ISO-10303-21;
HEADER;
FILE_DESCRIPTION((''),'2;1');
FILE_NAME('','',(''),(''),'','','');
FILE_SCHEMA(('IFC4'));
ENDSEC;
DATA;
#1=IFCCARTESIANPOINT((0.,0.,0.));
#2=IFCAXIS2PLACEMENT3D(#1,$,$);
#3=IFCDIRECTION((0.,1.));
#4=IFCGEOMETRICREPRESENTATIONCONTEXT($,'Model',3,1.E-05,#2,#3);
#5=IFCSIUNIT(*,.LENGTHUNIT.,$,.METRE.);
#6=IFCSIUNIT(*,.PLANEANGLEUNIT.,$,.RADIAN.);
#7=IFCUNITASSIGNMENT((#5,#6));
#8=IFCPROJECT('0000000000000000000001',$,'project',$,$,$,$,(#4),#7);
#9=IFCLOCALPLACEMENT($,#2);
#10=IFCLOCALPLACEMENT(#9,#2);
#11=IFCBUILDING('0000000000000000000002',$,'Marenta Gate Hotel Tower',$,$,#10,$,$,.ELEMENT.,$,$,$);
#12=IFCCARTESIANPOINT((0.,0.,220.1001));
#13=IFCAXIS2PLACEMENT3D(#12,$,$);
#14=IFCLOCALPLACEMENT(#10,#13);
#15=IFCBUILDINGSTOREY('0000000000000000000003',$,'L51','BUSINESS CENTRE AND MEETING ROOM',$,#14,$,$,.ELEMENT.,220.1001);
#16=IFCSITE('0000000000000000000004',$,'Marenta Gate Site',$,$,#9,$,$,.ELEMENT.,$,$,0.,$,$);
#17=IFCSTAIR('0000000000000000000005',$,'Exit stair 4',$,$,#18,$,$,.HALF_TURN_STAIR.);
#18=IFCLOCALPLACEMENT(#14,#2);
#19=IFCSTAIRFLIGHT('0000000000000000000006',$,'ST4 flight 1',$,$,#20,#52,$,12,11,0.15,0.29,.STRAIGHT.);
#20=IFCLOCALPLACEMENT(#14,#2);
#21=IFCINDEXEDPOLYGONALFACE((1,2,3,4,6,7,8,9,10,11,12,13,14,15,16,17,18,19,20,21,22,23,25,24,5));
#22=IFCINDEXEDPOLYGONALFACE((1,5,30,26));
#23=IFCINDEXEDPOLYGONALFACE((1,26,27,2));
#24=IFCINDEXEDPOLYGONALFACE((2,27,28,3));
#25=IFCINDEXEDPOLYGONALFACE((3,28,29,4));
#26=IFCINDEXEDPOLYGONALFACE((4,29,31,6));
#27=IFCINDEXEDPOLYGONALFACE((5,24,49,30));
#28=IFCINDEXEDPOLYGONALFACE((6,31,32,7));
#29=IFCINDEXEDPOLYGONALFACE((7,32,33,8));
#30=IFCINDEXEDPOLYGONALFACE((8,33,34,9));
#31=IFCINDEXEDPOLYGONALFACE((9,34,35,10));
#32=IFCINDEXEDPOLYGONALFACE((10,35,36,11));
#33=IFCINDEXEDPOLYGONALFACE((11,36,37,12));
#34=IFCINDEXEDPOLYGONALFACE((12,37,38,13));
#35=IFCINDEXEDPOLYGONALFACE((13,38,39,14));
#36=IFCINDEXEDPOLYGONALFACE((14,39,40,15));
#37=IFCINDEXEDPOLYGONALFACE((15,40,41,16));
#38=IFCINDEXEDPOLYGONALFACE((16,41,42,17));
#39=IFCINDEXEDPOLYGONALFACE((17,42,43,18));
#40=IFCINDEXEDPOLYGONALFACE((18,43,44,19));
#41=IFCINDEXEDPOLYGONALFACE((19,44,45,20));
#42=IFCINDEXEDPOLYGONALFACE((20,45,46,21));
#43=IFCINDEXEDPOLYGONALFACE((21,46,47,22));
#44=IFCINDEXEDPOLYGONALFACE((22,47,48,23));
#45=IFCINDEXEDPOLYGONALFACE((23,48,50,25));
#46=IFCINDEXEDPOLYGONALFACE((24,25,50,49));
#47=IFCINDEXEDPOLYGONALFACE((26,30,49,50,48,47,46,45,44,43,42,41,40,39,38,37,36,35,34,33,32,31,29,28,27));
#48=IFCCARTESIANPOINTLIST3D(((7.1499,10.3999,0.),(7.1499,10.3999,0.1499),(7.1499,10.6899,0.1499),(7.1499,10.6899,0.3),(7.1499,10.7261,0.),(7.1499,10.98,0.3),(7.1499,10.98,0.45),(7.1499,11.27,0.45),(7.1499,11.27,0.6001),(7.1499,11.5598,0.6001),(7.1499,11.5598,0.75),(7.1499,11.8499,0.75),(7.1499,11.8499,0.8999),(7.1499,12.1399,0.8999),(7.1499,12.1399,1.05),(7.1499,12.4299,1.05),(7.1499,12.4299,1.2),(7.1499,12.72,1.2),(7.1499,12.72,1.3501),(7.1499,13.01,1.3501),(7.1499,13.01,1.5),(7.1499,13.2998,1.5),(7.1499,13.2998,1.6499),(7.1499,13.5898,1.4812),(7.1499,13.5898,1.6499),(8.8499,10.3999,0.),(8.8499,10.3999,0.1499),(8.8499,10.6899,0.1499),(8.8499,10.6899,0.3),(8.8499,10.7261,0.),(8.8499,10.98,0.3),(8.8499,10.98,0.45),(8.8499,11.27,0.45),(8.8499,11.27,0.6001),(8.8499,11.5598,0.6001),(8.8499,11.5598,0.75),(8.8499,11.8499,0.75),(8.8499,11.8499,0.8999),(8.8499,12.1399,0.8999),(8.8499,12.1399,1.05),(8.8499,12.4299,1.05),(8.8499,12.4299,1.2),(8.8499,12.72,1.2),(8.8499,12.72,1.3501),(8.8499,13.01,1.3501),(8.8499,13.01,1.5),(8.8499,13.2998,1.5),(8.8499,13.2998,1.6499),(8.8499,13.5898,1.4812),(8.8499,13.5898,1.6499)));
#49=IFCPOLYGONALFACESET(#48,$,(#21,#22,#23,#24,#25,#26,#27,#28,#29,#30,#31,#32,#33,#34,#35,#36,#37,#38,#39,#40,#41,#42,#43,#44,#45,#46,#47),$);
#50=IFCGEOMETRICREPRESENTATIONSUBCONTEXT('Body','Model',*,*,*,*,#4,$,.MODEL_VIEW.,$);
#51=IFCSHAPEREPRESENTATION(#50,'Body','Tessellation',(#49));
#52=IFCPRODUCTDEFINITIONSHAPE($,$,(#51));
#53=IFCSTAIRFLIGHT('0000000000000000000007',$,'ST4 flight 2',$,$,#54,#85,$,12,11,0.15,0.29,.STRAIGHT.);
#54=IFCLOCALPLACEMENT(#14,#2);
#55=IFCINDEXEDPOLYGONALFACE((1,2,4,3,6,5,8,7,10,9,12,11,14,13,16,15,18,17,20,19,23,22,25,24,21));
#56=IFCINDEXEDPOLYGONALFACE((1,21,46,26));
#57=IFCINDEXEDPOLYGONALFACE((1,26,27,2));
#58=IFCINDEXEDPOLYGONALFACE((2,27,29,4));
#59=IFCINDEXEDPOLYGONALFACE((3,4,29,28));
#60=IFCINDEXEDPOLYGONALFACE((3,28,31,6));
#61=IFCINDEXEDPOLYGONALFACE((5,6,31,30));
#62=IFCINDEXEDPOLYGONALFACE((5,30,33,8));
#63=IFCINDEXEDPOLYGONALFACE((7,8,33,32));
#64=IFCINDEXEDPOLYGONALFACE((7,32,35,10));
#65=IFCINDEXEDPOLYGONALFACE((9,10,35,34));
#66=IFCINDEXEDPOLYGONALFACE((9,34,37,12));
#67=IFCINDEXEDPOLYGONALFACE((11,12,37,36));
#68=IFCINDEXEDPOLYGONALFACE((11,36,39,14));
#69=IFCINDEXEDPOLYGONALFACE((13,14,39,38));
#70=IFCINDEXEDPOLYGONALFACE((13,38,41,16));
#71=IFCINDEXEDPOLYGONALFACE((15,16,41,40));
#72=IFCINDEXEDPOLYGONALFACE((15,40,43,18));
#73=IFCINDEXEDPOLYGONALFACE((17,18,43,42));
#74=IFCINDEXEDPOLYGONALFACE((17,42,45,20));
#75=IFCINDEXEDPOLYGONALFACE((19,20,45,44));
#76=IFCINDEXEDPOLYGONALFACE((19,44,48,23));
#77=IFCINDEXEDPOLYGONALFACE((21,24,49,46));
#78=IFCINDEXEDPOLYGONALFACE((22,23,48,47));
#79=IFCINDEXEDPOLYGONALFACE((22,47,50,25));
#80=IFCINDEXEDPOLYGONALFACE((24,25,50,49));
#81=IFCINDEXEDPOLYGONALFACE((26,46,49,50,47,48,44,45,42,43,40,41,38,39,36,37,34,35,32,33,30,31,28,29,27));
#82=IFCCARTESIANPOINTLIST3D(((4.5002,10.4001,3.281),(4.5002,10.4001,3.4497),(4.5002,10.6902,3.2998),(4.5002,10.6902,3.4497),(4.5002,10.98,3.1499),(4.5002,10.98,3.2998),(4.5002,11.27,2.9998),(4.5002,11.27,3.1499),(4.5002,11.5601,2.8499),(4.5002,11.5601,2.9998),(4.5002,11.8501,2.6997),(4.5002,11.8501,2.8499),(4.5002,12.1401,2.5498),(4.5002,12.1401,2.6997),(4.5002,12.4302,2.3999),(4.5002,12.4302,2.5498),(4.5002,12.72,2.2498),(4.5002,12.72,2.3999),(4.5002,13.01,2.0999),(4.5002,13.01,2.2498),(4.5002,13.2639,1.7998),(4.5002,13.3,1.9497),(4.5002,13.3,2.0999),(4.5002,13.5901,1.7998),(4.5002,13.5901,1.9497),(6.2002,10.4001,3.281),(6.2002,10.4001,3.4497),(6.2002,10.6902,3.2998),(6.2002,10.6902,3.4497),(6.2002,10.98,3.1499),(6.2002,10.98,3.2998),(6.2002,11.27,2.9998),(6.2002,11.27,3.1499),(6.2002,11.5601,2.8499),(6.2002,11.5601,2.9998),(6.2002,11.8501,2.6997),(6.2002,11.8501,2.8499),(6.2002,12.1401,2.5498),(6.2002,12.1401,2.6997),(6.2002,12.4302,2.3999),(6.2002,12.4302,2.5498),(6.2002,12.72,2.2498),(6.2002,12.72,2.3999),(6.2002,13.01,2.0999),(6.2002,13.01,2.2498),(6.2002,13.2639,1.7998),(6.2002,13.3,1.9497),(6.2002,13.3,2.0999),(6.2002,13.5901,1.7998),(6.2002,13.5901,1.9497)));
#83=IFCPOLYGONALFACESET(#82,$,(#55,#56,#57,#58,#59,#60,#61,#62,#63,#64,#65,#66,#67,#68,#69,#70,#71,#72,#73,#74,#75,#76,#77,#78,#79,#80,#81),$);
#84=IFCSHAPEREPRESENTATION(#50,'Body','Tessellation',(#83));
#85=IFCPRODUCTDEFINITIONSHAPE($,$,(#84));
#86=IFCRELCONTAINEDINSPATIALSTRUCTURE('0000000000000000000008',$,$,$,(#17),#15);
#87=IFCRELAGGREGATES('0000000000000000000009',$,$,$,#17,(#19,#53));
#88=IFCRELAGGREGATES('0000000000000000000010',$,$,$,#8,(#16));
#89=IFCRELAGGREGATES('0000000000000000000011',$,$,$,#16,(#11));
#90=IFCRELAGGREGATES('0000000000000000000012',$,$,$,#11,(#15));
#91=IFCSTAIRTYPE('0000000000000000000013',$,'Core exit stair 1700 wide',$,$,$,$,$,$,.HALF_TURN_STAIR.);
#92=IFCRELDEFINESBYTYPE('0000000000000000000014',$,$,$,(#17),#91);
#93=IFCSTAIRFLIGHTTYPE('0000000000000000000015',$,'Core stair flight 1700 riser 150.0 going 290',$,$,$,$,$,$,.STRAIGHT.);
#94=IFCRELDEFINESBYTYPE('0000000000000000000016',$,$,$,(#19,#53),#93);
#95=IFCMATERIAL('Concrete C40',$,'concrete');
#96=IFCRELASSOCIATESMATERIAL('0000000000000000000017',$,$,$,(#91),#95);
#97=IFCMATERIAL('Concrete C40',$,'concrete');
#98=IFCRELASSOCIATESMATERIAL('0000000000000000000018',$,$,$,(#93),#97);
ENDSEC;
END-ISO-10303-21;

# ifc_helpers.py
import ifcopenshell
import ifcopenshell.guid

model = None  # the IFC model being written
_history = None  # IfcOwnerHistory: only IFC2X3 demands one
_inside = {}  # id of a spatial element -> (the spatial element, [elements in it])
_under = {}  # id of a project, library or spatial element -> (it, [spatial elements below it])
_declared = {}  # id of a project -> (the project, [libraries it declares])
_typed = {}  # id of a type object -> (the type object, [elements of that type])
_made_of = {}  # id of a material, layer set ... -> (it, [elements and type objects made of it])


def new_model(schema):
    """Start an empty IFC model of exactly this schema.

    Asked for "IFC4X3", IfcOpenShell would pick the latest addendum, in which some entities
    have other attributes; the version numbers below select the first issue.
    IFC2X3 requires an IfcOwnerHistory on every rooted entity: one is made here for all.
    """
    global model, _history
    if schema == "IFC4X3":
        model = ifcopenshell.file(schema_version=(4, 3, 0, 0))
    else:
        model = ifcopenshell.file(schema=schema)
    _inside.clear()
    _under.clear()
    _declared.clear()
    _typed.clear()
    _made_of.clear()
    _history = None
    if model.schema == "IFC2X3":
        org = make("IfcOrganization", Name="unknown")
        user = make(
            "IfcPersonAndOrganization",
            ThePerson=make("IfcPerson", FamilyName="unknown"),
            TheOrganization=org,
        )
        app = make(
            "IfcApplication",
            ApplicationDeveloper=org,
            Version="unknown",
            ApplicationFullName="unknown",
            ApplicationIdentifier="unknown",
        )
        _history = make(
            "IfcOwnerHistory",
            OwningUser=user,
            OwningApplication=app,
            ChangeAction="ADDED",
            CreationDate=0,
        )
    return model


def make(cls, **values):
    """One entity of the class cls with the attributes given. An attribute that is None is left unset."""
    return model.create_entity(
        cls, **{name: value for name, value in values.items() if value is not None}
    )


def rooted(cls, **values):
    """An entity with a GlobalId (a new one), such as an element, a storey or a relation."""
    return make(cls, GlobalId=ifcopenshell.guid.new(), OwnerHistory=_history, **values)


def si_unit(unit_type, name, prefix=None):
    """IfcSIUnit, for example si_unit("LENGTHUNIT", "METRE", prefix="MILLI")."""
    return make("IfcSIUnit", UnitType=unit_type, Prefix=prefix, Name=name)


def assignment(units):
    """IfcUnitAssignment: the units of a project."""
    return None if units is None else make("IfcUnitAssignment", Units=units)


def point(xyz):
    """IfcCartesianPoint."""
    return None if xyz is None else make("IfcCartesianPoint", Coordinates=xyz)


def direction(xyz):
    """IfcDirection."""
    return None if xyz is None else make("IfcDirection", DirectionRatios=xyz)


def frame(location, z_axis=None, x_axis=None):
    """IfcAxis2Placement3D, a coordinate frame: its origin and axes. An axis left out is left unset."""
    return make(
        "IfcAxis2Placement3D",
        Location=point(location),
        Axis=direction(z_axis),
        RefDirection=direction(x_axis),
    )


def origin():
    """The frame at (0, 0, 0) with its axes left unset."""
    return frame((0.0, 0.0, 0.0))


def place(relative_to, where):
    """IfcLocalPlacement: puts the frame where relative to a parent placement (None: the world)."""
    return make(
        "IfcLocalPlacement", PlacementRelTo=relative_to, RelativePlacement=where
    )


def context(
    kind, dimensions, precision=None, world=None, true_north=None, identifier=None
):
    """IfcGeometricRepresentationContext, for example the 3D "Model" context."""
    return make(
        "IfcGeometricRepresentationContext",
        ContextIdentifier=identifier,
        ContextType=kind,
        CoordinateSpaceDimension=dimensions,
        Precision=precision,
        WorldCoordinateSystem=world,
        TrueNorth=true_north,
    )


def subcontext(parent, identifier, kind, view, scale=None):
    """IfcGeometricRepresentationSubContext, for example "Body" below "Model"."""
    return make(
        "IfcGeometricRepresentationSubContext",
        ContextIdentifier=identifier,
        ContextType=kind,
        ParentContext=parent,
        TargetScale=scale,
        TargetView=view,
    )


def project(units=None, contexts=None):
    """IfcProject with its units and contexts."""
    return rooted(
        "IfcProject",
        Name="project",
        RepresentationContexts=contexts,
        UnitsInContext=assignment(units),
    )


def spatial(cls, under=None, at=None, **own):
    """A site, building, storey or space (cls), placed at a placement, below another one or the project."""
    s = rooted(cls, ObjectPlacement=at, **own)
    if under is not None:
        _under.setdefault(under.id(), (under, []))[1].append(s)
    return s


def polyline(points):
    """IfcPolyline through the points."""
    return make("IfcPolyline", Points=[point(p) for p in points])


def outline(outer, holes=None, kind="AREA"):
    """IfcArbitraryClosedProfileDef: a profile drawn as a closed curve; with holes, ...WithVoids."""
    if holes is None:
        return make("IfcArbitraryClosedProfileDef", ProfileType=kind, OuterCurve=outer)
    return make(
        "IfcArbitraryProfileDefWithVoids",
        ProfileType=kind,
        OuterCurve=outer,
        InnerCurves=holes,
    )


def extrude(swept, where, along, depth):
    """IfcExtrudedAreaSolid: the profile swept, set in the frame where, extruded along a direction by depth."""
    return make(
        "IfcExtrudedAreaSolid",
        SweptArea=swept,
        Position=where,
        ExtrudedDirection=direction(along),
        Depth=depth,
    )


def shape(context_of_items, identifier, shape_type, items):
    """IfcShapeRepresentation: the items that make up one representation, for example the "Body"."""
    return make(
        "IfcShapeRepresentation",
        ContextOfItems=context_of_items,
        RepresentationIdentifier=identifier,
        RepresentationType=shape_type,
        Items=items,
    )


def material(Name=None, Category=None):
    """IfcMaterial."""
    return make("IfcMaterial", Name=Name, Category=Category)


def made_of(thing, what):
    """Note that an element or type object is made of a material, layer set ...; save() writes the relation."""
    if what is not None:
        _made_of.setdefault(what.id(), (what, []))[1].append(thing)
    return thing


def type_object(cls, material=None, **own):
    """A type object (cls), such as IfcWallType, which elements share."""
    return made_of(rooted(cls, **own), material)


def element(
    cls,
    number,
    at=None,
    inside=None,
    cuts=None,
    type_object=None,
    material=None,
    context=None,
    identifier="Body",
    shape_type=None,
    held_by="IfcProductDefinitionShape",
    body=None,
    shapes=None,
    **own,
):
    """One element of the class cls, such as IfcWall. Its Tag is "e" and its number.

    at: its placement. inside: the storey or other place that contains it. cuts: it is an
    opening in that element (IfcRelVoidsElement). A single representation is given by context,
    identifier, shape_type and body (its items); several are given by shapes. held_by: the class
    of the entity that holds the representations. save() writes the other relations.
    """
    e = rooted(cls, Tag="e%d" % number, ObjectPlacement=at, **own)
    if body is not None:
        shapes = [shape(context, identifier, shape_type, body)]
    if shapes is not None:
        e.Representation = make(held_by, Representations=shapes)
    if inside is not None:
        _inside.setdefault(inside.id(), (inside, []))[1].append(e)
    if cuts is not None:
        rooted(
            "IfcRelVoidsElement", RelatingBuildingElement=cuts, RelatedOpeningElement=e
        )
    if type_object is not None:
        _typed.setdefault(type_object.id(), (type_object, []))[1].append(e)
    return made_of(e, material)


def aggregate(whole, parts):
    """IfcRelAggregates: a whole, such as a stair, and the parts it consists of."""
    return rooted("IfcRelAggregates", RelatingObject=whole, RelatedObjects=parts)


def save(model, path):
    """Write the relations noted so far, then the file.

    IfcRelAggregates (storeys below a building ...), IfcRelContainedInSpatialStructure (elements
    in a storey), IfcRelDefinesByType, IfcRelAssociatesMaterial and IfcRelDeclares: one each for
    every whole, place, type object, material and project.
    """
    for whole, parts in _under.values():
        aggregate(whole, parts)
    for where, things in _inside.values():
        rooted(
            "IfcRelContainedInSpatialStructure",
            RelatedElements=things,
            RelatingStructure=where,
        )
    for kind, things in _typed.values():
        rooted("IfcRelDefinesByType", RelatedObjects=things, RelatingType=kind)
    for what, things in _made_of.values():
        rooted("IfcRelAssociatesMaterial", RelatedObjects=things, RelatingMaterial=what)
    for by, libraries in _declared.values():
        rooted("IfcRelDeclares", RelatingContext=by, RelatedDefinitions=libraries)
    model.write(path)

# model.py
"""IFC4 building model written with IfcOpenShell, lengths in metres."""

from ifc_helpers import new_model, si_unit, direction, frame, origin, place, context, subcontext, project, spatial, polyline, outline, extrude, material, type_object, element, aggregate, save


model = new_model("IFC4")

# Units and contexts
model_context = context("Model", 3, precision=1e-05, world=origin(), true_north=direction((0.0, 1.0)))
body_context = subcontext(model_context, "Body", "Model", "MODEL_VIEW")
ifc_project = project(units=[si_unit("LENGTHUNIT", "METRE"), si_unit("PLANEANGLEUNIT", "RADIAN")], contexts=[model_context])

# Site, building, storey
site_placement = place(None, origin())
site = spatial("IfcSite", under=ifc_project, at=site_placement, Name="Marenta Gate Site", CompositionType="ELEMENT", RefElevation=0.0)
building_placement = place(site_placement, origin())
building = spatial("IfcBuilding", under=site, at=building_placement, Name="Marenta Gate Hotel Tower", CompositionType="ELEMENT")
storey_placement = place(building_placement, frame((0.0, 0.0, 220.1001)))
storey = spatial("IfcBuildingStorey", under=building, at=storey_placement, Name="L51", Description="BUSINESS CENTRE AND MEETING ROOM", CompositionType="ELEMENT", Elevation=220.1001)

# Stair, stair flights
ifc_material_1 = material(Name="Concrete C40", Category="concrete")
stair_type = type_object("IfcStairType", Name="Core exit stair 1700 wide", PredefinedType="HALF_TURN_STAIR", material=ifc_material_1)
stair_placement = place(storey_placement, origin())
stair = element("IfcStair", 1, at=stair_placement, inside=storey, type_object=stair_type, Name="Exit stair 4", PredefinedType="HALF_TURN_STAIR")
ifc_material_2 = material(Name="Concrete C40", Category="concrete")
stair_flight_type = type_object("IfcStairFlightType", Name="Core stair flight 1700 riser 150.0 going 290", PredefinedType="STRAIGHT", material=ifc_material_2)
stair_flight_1_placement = place(storey_placement, frame((8.0, 10.3999, 0.0), z_axis=(0.0, 0.0, 1.0), x_axis=(0.0, 1.0, 0.0)))
stair_flight_1 = element("IfcStairFlight", 2, at=stair_flight_1_placement, type_object=stair_flight_type, Name="ST4 flight 1", NumberOfRisers=12, NumberOfTreads=11, PredefinedType="STRAIGHT", RiserHeight=0.15, TreadLength=0.29, context=body_context, shape_type="SweptSolid", body=[
    extrude(outline(polyline([(0.0, 0.0), (0.0, 0.1499), (0.29, 0.1499), (0.29, 0.3), (0.5801, 0.3), (0.5801, 0.45), (0.8701, 0.45), (0.8701, 0.6001), (1.1599, 0.6001), (1.1599, 0.75), (1.45, 0.75), (1.45, 0.8999), (1.74, 0.8999), (1.74, 1.05), (2.03, 1.05), (2.03, 1.2), (2.3201, 1.2), (2.3201, 1.3501), (2.6101, 1.3501), (2.6101, 1.5), (2.8999, 1.5), (2.8999, 1.6499), (3.1899, 1.6499), (3.1899, 1.8), (3.1899, 1.4812), (0.3262, 0.0), (0.0, 0.0)])), frame((0.0, 0.8501, 0.0), z_axis=(0.0, -1.0, 0.0), x_axis=(1.0, 0.0, 0.0)), (0.0, 0.0, 1.0), 1.7),
])
stair_flight_2_placement = place(storey_placement, frame((5.3501, 13.5901, 1.7998), z_axis=(0.0, 0.0, 1.0), x_axis=(0.0, -1.0, 0.0)))
stair_flight_2 = element("IfcStairFlight", 3, at=stair_flight_2_placement, type_object=stair_flight_type, Name="ST4 flight 2", NumberOfRisers=12, NumberOfTreads=11, PredefinedType="STRAIGHT", RiserHeight=0.15, TreadLength=0.29, context=body_context, shape_type="SweptSolid", body=[
    extrude(outline(polyline([(0.0, 0.0), (0.0, 0.1499), (0.29, 0.1499), (0.29, 0.3), (0.5801, 0.3), (0.5801, 0.45), (0.8701, 0.45), (0.8701, 0.6001), (1.1599, 0.6001), (1.1599, 0.75), (1.45, 0.75), (1.45, 0.8999), (1.74, 0.8999), (1.74, 1.05), (2.03, 1.05), (2.03, 1.2), (2.3201, 1.2), (2.3201, 1.3501), (2.6101, 1.3501), (2.6101, 1.5), (2.8999, 1.5), (2.8999, 1.6499), (3.1899, 1.6499), (3.1899, 1.8), (3.1899, 1.4812), (0.3262, 0.0), (0.0, 0.0)])), frame((0.0, 0.8501, 0.0), z_axis=(0.0, -1.0, 0.0), x_axis=(1.0, 0.0, 0.0)), (0.0, 0.0, 1.0), 1.7),
])
aggregate(stair, [stair_flight_1, stair_flight_2])

save(model, "model.ifc")
